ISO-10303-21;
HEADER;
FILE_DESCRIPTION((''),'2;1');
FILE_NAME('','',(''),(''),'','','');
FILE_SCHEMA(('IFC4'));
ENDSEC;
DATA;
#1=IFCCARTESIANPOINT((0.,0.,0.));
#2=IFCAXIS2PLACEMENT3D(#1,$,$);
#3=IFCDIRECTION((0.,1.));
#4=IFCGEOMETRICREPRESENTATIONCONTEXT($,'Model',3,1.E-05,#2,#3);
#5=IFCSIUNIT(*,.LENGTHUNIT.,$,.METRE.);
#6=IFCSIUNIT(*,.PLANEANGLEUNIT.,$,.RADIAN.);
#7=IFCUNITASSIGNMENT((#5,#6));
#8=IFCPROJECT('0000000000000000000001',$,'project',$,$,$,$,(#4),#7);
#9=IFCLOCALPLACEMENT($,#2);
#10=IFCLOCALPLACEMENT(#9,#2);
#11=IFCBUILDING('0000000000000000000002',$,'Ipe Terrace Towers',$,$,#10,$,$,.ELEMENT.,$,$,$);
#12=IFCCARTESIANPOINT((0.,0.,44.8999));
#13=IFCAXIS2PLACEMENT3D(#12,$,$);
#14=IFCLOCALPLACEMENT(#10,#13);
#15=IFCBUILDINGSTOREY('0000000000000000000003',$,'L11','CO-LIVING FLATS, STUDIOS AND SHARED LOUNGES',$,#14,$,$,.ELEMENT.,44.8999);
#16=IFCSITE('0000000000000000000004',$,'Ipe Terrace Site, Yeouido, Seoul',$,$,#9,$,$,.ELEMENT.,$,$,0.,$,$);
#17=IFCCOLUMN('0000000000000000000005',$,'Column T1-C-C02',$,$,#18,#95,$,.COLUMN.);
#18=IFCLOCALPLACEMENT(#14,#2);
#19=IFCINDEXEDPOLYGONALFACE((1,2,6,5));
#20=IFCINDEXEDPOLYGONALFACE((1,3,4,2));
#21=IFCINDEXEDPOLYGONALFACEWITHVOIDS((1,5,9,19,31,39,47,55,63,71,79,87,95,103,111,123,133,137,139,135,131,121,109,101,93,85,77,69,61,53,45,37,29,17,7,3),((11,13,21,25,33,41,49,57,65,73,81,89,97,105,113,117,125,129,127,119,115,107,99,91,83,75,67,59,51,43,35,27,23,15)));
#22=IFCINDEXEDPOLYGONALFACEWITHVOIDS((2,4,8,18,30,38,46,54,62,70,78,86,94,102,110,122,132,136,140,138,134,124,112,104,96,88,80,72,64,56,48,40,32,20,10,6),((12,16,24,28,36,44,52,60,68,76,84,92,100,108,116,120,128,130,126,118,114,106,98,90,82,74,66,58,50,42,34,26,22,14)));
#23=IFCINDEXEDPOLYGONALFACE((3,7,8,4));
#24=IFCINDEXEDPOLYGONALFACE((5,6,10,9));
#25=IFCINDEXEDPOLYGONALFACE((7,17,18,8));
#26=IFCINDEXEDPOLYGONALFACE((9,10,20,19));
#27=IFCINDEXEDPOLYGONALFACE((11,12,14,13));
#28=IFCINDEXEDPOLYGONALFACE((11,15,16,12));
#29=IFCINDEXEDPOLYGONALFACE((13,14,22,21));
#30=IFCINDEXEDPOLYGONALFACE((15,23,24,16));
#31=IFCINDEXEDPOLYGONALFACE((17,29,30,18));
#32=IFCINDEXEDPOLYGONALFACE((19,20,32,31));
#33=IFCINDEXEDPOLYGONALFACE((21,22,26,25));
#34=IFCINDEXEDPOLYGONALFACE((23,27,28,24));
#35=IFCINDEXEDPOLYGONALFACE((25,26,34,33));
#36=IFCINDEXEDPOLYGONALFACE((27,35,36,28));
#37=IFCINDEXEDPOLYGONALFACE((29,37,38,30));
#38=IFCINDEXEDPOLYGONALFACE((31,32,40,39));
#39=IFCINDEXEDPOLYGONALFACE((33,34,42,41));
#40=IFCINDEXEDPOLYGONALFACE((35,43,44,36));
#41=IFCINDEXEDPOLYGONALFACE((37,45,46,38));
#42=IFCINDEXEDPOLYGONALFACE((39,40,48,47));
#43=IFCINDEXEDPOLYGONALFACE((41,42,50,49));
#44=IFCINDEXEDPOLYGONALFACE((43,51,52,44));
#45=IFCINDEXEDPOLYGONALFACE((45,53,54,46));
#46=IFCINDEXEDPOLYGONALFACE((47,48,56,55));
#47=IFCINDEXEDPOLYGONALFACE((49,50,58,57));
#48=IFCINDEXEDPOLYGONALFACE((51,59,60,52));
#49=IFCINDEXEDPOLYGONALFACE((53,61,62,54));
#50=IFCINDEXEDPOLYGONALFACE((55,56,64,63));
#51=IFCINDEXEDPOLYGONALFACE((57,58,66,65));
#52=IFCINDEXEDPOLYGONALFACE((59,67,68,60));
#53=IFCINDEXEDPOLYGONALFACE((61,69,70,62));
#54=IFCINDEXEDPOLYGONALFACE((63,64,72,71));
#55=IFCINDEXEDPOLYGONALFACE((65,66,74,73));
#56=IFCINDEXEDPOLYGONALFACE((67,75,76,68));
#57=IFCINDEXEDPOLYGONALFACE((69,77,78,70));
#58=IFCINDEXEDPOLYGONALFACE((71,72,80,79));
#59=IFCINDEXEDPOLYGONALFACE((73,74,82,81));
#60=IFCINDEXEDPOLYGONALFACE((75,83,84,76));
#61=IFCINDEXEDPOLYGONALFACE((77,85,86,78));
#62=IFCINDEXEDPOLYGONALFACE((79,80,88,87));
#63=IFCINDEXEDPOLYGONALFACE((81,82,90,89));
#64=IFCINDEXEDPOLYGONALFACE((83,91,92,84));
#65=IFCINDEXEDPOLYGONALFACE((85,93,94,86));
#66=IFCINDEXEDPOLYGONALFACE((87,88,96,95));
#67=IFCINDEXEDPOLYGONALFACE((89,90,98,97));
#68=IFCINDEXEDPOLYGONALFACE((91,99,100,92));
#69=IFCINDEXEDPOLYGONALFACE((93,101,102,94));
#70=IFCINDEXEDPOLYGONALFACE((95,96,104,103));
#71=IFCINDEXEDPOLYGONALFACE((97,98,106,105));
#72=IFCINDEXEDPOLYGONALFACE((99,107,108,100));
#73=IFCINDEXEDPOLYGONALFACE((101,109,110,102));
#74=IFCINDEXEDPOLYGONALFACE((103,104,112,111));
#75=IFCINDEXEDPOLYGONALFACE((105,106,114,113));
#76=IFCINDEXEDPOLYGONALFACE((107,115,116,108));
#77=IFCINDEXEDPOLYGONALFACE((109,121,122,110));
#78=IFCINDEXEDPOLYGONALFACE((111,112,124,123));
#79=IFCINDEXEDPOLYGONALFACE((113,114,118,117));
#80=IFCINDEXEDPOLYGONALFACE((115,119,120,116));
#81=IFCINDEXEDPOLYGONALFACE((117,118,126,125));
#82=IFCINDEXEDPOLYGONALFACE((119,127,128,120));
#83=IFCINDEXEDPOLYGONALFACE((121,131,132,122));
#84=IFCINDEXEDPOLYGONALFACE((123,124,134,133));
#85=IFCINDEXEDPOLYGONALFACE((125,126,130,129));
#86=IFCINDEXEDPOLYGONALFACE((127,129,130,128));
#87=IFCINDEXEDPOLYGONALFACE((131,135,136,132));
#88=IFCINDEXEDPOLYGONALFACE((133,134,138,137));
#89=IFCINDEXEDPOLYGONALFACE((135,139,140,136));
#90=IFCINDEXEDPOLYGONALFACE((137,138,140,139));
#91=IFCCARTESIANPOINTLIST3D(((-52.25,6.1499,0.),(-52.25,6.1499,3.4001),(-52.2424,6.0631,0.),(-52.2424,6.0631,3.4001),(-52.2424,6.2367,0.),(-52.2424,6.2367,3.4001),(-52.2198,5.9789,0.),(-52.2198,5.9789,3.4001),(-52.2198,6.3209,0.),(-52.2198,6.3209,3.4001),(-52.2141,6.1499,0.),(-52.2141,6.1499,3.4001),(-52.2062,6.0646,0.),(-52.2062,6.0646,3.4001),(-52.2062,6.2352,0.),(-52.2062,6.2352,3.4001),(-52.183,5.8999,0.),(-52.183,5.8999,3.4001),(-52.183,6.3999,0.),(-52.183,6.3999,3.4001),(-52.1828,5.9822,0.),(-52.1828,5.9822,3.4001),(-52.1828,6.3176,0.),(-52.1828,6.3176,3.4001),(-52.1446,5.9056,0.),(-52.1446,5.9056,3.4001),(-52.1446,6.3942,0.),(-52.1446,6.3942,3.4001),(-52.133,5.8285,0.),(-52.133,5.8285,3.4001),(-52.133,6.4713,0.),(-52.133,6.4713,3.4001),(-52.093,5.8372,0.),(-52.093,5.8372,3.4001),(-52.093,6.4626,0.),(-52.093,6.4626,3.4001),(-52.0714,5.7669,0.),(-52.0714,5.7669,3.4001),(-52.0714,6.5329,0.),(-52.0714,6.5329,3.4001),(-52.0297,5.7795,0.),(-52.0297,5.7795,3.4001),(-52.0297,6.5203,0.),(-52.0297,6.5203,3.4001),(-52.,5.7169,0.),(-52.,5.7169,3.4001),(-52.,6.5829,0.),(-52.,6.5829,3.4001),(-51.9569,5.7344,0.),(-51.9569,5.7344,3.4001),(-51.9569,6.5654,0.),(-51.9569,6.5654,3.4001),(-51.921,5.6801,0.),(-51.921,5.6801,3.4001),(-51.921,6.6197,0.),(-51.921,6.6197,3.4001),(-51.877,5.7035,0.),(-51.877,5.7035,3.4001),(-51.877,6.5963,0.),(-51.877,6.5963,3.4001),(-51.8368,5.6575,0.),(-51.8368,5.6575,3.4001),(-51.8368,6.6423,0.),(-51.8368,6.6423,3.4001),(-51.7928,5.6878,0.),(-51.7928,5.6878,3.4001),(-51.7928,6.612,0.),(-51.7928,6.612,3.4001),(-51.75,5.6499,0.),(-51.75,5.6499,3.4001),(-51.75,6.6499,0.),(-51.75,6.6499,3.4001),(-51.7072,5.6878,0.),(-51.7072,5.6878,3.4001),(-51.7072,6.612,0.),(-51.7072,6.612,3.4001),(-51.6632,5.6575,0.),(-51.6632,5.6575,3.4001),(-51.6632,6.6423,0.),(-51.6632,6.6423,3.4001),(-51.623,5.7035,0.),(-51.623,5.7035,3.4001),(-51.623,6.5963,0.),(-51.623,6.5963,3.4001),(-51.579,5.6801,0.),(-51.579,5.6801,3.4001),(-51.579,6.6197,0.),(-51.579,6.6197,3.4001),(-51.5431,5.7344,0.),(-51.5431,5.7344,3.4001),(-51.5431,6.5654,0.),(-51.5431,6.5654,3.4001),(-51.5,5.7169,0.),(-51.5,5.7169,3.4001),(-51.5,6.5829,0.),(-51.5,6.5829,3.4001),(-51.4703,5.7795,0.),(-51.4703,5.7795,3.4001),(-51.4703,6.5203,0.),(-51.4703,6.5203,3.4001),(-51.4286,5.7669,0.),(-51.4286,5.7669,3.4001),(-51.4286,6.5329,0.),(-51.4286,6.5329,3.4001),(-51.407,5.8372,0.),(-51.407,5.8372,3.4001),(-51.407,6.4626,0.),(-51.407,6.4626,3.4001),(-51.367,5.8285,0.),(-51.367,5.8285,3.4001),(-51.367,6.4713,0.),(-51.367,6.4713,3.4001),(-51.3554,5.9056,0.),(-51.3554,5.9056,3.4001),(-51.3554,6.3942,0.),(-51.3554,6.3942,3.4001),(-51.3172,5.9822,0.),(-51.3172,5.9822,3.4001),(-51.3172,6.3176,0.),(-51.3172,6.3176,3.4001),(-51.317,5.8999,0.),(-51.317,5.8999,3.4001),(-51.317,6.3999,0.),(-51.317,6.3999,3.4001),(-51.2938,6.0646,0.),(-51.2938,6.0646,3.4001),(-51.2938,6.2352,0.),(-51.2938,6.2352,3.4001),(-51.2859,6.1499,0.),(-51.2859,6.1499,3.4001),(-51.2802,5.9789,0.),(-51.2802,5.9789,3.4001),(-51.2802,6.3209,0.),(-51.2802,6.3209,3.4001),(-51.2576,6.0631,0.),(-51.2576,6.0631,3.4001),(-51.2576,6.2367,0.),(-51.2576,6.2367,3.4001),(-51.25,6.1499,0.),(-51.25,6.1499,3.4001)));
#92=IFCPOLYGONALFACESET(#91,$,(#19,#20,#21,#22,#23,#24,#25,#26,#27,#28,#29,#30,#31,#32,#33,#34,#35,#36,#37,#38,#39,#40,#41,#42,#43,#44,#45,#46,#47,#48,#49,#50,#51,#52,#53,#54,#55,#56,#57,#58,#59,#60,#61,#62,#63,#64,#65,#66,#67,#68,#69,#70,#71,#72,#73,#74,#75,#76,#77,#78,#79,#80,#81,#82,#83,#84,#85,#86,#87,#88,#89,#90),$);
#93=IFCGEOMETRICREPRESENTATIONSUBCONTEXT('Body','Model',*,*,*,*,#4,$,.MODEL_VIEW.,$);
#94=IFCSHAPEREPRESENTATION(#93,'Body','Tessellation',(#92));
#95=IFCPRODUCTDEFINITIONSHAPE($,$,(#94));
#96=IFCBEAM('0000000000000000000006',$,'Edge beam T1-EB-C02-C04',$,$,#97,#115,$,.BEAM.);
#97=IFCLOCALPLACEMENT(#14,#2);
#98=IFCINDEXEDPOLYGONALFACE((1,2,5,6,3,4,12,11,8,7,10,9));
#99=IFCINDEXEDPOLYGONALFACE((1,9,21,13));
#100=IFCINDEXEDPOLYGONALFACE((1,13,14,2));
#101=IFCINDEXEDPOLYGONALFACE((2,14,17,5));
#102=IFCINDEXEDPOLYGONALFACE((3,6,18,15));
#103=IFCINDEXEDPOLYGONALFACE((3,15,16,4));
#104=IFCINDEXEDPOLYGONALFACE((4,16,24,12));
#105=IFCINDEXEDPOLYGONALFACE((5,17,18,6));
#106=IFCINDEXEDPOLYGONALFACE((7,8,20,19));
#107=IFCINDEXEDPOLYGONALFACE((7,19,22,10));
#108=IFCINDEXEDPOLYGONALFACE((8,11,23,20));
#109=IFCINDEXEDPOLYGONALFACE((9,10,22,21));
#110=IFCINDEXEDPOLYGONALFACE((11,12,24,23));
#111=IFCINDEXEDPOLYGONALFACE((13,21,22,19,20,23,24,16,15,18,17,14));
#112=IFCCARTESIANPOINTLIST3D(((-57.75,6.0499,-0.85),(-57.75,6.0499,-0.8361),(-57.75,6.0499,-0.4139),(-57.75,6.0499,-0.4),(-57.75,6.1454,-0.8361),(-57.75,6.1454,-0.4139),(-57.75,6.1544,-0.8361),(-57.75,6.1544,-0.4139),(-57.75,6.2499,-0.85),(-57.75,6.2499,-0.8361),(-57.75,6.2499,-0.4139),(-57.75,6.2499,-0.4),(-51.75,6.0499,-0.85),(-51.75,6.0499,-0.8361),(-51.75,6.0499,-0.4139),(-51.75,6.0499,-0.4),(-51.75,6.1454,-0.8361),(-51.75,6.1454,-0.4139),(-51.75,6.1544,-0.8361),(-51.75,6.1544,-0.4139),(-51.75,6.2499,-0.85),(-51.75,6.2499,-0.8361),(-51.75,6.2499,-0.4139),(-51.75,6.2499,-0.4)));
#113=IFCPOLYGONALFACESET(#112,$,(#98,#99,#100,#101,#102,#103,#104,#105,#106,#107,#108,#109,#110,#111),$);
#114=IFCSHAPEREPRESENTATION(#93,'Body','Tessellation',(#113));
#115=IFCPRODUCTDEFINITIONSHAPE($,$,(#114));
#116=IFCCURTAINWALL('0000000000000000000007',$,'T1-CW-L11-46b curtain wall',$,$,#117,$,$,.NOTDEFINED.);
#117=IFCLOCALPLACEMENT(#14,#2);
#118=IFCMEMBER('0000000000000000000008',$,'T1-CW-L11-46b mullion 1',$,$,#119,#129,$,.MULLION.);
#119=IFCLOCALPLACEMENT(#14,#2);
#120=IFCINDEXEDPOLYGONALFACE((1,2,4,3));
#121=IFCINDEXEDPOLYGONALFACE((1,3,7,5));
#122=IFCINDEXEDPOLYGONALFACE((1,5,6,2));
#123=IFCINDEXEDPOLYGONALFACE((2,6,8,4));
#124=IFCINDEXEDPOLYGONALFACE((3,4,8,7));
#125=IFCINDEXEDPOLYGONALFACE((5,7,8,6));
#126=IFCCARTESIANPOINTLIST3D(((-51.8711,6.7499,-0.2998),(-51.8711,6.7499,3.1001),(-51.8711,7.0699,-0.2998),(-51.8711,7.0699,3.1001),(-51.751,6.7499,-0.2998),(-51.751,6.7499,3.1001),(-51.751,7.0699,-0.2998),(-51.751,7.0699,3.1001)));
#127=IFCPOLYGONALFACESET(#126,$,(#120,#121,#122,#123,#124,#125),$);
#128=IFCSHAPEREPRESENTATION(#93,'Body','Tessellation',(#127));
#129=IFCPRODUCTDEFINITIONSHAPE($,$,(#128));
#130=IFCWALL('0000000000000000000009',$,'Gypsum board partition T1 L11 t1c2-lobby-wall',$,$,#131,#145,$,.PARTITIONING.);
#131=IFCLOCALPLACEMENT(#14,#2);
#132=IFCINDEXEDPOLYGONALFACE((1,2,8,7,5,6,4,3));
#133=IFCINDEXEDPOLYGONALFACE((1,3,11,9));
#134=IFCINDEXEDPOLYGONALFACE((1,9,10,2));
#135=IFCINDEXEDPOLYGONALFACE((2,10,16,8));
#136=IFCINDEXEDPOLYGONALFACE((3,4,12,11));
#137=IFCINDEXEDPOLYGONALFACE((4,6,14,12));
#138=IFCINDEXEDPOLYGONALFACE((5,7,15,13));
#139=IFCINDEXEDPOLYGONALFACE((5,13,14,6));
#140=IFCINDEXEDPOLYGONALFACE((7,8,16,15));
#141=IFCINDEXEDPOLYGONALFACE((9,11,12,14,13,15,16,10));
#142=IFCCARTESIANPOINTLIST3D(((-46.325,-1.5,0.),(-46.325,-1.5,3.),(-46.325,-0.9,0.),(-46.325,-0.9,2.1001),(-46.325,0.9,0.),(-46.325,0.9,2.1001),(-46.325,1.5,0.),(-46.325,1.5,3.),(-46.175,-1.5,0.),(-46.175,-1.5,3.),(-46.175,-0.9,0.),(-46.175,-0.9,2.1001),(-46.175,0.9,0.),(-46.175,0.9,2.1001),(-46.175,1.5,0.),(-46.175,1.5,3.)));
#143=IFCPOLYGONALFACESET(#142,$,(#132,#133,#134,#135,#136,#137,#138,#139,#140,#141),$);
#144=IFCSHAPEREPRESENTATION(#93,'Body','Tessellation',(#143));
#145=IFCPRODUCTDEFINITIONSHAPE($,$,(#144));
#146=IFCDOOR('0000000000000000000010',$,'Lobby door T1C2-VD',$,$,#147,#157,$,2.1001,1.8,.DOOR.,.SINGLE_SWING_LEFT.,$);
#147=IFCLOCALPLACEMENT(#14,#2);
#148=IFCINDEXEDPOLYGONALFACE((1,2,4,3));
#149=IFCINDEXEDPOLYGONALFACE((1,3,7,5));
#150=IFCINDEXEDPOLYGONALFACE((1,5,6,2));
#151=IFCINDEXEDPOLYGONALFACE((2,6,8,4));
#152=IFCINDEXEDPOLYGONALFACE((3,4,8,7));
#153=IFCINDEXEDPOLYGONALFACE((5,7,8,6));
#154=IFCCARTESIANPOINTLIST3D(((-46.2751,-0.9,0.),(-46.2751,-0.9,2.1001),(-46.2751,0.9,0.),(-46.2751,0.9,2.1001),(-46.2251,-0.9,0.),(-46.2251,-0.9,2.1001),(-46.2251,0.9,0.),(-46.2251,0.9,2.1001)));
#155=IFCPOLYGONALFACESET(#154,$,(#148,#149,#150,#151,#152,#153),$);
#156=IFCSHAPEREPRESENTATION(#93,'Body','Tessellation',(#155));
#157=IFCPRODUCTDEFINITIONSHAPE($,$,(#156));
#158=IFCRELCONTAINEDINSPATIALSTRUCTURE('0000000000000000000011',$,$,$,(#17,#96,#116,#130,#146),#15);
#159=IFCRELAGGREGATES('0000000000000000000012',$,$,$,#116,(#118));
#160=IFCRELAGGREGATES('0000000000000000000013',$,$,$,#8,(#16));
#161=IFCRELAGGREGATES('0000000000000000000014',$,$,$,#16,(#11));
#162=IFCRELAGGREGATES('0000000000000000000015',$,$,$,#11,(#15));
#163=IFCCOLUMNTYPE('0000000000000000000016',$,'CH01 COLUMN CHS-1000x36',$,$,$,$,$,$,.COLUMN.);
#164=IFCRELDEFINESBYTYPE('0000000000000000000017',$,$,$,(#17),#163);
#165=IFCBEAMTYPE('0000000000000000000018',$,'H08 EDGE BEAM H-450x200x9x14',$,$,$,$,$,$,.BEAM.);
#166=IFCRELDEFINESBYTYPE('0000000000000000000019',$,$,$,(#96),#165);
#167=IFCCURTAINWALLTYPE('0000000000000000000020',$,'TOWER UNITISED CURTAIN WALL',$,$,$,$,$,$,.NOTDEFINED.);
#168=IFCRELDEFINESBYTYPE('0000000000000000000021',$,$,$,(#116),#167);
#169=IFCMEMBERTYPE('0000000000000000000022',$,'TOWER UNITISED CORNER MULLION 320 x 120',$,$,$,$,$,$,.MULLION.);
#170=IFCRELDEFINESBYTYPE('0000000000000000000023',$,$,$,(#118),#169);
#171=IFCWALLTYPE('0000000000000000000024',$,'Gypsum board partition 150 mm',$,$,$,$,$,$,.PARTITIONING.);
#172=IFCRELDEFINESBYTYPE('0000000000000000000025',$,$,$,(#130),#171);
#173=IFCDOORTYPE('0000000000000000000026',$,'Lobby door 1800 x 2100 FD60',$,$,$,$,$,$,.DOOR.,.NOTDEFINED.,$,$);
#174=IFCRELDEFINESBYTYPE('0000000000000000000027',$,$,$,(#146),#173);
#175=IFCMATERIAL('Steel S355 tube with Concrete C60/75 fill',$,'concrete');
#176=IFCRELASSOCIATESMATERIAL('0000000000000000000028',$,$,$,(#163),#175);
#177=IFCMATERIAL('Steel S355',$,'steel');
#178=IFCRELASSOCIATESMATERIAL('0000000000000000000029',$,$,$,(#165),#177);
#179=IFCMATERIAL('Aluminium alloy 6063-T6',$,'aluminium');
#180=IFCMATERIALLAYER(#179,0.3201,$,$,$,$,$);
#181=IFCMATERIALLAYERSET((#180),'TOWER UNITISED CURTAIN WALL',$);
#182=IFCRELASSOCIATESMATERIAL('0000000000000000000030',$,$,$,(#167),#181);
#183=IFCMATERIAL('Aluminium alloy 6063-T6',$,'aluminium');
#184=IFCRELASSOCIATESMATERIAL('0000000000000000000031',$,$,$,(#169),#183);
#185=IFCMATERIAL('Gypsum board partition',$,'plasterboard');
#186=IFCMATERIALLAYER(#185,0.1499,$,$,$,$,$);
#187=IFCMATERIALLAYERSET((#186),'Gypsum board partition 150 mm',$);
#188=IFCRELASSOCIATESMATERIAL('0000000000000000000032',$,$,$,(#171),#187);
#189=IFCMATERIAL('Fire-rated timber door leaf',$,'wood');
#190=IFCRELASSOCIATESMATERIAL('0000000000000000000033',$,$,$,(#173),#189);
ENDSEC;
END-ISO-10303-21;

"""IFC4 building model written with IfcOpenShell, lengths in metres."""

from ifc_helpers import new_model, si_unit, direction, frame, frame_2d, origin, origin_2d, place, context, subcontext, project, spatial, rectangle, hollow_circle, i_section, extrude, material, layer, layer_set, material_profile, profile_set, type_object, element, fill, aggregate, save


model = new_model("IFC4")

# Units and contexts
model_context = context("Model", 3, precision=1e-05, world=origin(), true_north=direction((0.0, 1.0)))
body_context = subcontext(model_context, "Body", "Model", "MODEL_VIEW")
ifc_project = project(units=[si_unit("LENGTHUNIT", "METRE"), si_unit("PLANEANGLEUNIT", "RADIAN")], contexts=[model_context])

# Site, building, storey
site_placement = place(None, origin())
site = spatial("IfcSite", under=ifc_project, at=site_placement, Name="Ipe Terrace Site, Yeouido, Seoul", CompositionType="ELEMENT", RefElevation=0.0)
building_placement = place(site_placement, origin())
building = spatial("IfcBuilding", under=site, at=building_placement, Name="Ipe Terrace Towers", CompositionType="ELEMENT")
storey_placement = place(building_placement, frame((0.0, 0.0, 44.8999)))
storey = spatial("IfcBuildingStorey", under=building, at=storey_placement, Name="L11", Description="CO-LIVING FLATS, STUDIOS AND SHARED LOUNGES", CompositionType="ELEMENT", Elevation=44.8999)

# Column
ifc_material_1 = material(Name="Steel S355 tube with Concrete C60/75 fill", Category="concrete")
ifc_material_profile_1 = material_profile(ifc_material_1, hollow_circle(Radius=0.5, WallThickness=0.0359, at=origin_2d()), Name="CHS-1000x36")
ifc_profile_set_1 = profile_set([ifc_material_profile_1], Name="Steel S355 tube with Concrete C60/75 fill")
column_type = type_object("IfcColumnType", Name="CH01 COLUMN CHS-1000x36", PredefinedType="COLUMN", material=ifc_profile_set_1)
column_placement = place(storey_placement, frame((-51.75, 6.1499, 0.0), z_axis=(0.0, 0.0, 1.0), x_axis=(1.0, 0.0, 0.0)))
element("IfcColumn", 1, at=column_placement, inside=storey, type_object=column_type, Name="Column T1-C-C02", PredefinedType="COLUMN", context=body_context, shape_type="SweptSolid", body=[
    extrude(hollow_circle(Radius=0.5, WallThickness=0.0359, at=origin_2d()), origin(), (0.0, 0.0, 1.0), 3.4001),
])

# Beam
ifc_material_2 = material(Name="Steel S355", Category="steel")
ifc_material_profile_2 = material_profile(ifc_material_2, i_section(OverallWidth=0.2, OverallDepth=0.45, WebThickness=0.009, FlangeThickness=0.0139, at=origin_2d()), Name="H-450x200x9x14")
ifc_profile_set_2 = profile_set([ifc_material_profile_2], Name="Steel S355")
beam_type = type_object("IfcBeamType", Name="H08 EDGE BEAM H-450x200x9x14", PredefinedType="BEAM", material=ifc_profile_set_2)
beam_placement = place(storey_placement, frame((-51.75, 6.1499, -0.625), z_axis=(-1.0, 0.0, 0.0), x_axis=(0.0, -1.0, 0.0)))
element("IfcBeam", 2, at=beam_placement, inside=storey, type_object=beam_type, Name="Edge beam T1-EB-C02-C04", PredefinedType="BEAM", context=body_context, shape_type="SweptSolid", body=[
    extrude(i_section(OverallWidth=0.2, OverallDepth=0.45, WebThickness=0.009, FlangeThickness=0.0139, at=origin_2d()), origin(), (0.0, 0.0, 1.0), 6.0),
])

# Curtain wall, member
ifc_material_3 = material(Name="Aluminium alloy 6063-T6", Category="aluminium")
ifc_layer_1 = layer(ifc_material_3, 0.3201)
ifc_layer_set_1 = layer_set([ifc_layer_1], Name="TOWER UNITISED CURTAIN WALL")
curtain_wall_type = type_object("IfcCurtainWallType", Name="TOWER UNITISED CURTAIN WALL", PredefinedType="NOTDEFINED", material=ifc_layer_set_1)
curtain_wall_placement = place(storey_placement, origin())
curtain_wall = element("IfcCurtainWall", 3, at=curtain_wall_placement, inside=storey, type_object=curtain_wall_type, Name="T1-CW-L11-46b curtain wall", PredefinedType="NOTDEFINED")
ifc_material_4 = material(Name="Aluminium alloy 6063-T6", Category="aluminium")
ifc_material_profile_3 = material_profile(ifc_material_4, rectangle(XDim=0.3201, YDim=0.1201, at=origin_2d()), Name="TOWER UNITISED CORNER MULLION 320 x 120")
ifc_profile_set_3 = profile_set([ifc_material_profile_3], Name="Aluminium alloy 6063-T6")
member_type = type_object("IfcMemberType", Name="TOWER UNITISED CORNER MULLION 320 x 120", PredefinedType="MULLION", material=ifc_profile_set_3)
member_placement = place(storey_placement, frame((-51.811, 6.9099, -0.2998), z_axis=(0.0, 0.0, 1.0), x_axis=(0.0, 1.0, 0.0)))
member = element("IfcMember", 4, at=member_placement, type_object=member_type, Name="T1-CW-L11-46b mullion 1", PredefinedType="MULLION", context=body_context, shape_type="SweptSolid", body=[
    extrude(rectangle(XDim=0.3201, YDim=0.1201, at=origin_2d()), origin(), (0.0, 0.0, 1.0), 3.3999),
])
aggregate(curtain_wall, [member])

# Wall, opening, door
ifc_material_5 = material(Name="Gypsum board partition", Category="plasterboard")
ifc_layer_2 = layer(ifc_material_5, 0.1499)
ifc_layer_set_2 = layer_set([ifc_layer_2], Name="Gypsum board partition 150 mm")
wall_type_1 = type_object("IfcWallType", Name="Gypsum board partition 150 mm", PredefinedType="PARTITIONING", material=ifc_layer_set_2)
wall_1_placement = place(storey_placement, frame((-46.25, 1.5, 0.0), z_axis=(0.0, 0.0, 1.0), x_axis=(0.0, -1.0, 0.0)))
wall_1 = element("IfcWall", 5, at=wall_1_placement, inside=storey, type_object=wall_type_1, Name="Gypsum board partition T1 L11 t1c2-lobby-wall", PredefinedType="PARTITIONING", context=body_context, shape_type="SweptSolid", body=[
    extrude(rectangle(XDim=3.0, YDim=0.1499, at=frame_2d((1.5, 0.0))), origin(), (0.0, 0.0, 1.0), 3.0),
])
opening_1_placement = place(wall_1_placement, frame((0.6001, 0.0, 0.0)))
opening_1 = element("IfcOpeningElement", 6, at=opening_1_placement, cuts=wall_1, PredefinedType="OPENING", context=body_context, shape_type="SweptSolid", body=[
    extrude(rectangle(XDim=1.8, YDim=2.1001, at=frame_2d((0.8999, 1.05))), frame((0.0, 0.085, 0.0), z_axis=(0.0, -1.0, 0.0), x_axis=(1.0, 0.0, 0.0)), (0.0, 0.0, 1.0), 0.1699),
])
ifc_material_6 = material(Name="Fire-rated timber door leaf", Category="wood")
door_type_1 = type_object("IfcDoorType", Name="Lobby door 1800 x 2100 FD60", OperationType="NOTDEFINED", PredefinedType="DOOR", material=ifc_material_6)
door_1_placement = place(opening_1_placement, origin())
door_1 = element("IfcDoor", 7, at=door_1_placement, inside=storey, type_object=door_type_1, Name="Lobby door T1C2-VD", OperationType="SINGLE_SWING_LEFT", OverallHeight=2.1001, OverallWidth=1.8, PredefinedType="DOOR", context=body_context, shape_type="SweptSolid", body=[
    extrude(rectangle(XDim=1.8, YDim=2.1001, at=frame_2d((0.8999, 1.05))), frame((0.0, 0.0249, 0.0), z_axis=(0.0, -1.0, 0.0), x_axis=(1.0, 0.0, 0.0)), (0.0, 0.0, 1.0), 0.05),
])
fill(opening_1, door_1)

save(model, "model.ifc")
